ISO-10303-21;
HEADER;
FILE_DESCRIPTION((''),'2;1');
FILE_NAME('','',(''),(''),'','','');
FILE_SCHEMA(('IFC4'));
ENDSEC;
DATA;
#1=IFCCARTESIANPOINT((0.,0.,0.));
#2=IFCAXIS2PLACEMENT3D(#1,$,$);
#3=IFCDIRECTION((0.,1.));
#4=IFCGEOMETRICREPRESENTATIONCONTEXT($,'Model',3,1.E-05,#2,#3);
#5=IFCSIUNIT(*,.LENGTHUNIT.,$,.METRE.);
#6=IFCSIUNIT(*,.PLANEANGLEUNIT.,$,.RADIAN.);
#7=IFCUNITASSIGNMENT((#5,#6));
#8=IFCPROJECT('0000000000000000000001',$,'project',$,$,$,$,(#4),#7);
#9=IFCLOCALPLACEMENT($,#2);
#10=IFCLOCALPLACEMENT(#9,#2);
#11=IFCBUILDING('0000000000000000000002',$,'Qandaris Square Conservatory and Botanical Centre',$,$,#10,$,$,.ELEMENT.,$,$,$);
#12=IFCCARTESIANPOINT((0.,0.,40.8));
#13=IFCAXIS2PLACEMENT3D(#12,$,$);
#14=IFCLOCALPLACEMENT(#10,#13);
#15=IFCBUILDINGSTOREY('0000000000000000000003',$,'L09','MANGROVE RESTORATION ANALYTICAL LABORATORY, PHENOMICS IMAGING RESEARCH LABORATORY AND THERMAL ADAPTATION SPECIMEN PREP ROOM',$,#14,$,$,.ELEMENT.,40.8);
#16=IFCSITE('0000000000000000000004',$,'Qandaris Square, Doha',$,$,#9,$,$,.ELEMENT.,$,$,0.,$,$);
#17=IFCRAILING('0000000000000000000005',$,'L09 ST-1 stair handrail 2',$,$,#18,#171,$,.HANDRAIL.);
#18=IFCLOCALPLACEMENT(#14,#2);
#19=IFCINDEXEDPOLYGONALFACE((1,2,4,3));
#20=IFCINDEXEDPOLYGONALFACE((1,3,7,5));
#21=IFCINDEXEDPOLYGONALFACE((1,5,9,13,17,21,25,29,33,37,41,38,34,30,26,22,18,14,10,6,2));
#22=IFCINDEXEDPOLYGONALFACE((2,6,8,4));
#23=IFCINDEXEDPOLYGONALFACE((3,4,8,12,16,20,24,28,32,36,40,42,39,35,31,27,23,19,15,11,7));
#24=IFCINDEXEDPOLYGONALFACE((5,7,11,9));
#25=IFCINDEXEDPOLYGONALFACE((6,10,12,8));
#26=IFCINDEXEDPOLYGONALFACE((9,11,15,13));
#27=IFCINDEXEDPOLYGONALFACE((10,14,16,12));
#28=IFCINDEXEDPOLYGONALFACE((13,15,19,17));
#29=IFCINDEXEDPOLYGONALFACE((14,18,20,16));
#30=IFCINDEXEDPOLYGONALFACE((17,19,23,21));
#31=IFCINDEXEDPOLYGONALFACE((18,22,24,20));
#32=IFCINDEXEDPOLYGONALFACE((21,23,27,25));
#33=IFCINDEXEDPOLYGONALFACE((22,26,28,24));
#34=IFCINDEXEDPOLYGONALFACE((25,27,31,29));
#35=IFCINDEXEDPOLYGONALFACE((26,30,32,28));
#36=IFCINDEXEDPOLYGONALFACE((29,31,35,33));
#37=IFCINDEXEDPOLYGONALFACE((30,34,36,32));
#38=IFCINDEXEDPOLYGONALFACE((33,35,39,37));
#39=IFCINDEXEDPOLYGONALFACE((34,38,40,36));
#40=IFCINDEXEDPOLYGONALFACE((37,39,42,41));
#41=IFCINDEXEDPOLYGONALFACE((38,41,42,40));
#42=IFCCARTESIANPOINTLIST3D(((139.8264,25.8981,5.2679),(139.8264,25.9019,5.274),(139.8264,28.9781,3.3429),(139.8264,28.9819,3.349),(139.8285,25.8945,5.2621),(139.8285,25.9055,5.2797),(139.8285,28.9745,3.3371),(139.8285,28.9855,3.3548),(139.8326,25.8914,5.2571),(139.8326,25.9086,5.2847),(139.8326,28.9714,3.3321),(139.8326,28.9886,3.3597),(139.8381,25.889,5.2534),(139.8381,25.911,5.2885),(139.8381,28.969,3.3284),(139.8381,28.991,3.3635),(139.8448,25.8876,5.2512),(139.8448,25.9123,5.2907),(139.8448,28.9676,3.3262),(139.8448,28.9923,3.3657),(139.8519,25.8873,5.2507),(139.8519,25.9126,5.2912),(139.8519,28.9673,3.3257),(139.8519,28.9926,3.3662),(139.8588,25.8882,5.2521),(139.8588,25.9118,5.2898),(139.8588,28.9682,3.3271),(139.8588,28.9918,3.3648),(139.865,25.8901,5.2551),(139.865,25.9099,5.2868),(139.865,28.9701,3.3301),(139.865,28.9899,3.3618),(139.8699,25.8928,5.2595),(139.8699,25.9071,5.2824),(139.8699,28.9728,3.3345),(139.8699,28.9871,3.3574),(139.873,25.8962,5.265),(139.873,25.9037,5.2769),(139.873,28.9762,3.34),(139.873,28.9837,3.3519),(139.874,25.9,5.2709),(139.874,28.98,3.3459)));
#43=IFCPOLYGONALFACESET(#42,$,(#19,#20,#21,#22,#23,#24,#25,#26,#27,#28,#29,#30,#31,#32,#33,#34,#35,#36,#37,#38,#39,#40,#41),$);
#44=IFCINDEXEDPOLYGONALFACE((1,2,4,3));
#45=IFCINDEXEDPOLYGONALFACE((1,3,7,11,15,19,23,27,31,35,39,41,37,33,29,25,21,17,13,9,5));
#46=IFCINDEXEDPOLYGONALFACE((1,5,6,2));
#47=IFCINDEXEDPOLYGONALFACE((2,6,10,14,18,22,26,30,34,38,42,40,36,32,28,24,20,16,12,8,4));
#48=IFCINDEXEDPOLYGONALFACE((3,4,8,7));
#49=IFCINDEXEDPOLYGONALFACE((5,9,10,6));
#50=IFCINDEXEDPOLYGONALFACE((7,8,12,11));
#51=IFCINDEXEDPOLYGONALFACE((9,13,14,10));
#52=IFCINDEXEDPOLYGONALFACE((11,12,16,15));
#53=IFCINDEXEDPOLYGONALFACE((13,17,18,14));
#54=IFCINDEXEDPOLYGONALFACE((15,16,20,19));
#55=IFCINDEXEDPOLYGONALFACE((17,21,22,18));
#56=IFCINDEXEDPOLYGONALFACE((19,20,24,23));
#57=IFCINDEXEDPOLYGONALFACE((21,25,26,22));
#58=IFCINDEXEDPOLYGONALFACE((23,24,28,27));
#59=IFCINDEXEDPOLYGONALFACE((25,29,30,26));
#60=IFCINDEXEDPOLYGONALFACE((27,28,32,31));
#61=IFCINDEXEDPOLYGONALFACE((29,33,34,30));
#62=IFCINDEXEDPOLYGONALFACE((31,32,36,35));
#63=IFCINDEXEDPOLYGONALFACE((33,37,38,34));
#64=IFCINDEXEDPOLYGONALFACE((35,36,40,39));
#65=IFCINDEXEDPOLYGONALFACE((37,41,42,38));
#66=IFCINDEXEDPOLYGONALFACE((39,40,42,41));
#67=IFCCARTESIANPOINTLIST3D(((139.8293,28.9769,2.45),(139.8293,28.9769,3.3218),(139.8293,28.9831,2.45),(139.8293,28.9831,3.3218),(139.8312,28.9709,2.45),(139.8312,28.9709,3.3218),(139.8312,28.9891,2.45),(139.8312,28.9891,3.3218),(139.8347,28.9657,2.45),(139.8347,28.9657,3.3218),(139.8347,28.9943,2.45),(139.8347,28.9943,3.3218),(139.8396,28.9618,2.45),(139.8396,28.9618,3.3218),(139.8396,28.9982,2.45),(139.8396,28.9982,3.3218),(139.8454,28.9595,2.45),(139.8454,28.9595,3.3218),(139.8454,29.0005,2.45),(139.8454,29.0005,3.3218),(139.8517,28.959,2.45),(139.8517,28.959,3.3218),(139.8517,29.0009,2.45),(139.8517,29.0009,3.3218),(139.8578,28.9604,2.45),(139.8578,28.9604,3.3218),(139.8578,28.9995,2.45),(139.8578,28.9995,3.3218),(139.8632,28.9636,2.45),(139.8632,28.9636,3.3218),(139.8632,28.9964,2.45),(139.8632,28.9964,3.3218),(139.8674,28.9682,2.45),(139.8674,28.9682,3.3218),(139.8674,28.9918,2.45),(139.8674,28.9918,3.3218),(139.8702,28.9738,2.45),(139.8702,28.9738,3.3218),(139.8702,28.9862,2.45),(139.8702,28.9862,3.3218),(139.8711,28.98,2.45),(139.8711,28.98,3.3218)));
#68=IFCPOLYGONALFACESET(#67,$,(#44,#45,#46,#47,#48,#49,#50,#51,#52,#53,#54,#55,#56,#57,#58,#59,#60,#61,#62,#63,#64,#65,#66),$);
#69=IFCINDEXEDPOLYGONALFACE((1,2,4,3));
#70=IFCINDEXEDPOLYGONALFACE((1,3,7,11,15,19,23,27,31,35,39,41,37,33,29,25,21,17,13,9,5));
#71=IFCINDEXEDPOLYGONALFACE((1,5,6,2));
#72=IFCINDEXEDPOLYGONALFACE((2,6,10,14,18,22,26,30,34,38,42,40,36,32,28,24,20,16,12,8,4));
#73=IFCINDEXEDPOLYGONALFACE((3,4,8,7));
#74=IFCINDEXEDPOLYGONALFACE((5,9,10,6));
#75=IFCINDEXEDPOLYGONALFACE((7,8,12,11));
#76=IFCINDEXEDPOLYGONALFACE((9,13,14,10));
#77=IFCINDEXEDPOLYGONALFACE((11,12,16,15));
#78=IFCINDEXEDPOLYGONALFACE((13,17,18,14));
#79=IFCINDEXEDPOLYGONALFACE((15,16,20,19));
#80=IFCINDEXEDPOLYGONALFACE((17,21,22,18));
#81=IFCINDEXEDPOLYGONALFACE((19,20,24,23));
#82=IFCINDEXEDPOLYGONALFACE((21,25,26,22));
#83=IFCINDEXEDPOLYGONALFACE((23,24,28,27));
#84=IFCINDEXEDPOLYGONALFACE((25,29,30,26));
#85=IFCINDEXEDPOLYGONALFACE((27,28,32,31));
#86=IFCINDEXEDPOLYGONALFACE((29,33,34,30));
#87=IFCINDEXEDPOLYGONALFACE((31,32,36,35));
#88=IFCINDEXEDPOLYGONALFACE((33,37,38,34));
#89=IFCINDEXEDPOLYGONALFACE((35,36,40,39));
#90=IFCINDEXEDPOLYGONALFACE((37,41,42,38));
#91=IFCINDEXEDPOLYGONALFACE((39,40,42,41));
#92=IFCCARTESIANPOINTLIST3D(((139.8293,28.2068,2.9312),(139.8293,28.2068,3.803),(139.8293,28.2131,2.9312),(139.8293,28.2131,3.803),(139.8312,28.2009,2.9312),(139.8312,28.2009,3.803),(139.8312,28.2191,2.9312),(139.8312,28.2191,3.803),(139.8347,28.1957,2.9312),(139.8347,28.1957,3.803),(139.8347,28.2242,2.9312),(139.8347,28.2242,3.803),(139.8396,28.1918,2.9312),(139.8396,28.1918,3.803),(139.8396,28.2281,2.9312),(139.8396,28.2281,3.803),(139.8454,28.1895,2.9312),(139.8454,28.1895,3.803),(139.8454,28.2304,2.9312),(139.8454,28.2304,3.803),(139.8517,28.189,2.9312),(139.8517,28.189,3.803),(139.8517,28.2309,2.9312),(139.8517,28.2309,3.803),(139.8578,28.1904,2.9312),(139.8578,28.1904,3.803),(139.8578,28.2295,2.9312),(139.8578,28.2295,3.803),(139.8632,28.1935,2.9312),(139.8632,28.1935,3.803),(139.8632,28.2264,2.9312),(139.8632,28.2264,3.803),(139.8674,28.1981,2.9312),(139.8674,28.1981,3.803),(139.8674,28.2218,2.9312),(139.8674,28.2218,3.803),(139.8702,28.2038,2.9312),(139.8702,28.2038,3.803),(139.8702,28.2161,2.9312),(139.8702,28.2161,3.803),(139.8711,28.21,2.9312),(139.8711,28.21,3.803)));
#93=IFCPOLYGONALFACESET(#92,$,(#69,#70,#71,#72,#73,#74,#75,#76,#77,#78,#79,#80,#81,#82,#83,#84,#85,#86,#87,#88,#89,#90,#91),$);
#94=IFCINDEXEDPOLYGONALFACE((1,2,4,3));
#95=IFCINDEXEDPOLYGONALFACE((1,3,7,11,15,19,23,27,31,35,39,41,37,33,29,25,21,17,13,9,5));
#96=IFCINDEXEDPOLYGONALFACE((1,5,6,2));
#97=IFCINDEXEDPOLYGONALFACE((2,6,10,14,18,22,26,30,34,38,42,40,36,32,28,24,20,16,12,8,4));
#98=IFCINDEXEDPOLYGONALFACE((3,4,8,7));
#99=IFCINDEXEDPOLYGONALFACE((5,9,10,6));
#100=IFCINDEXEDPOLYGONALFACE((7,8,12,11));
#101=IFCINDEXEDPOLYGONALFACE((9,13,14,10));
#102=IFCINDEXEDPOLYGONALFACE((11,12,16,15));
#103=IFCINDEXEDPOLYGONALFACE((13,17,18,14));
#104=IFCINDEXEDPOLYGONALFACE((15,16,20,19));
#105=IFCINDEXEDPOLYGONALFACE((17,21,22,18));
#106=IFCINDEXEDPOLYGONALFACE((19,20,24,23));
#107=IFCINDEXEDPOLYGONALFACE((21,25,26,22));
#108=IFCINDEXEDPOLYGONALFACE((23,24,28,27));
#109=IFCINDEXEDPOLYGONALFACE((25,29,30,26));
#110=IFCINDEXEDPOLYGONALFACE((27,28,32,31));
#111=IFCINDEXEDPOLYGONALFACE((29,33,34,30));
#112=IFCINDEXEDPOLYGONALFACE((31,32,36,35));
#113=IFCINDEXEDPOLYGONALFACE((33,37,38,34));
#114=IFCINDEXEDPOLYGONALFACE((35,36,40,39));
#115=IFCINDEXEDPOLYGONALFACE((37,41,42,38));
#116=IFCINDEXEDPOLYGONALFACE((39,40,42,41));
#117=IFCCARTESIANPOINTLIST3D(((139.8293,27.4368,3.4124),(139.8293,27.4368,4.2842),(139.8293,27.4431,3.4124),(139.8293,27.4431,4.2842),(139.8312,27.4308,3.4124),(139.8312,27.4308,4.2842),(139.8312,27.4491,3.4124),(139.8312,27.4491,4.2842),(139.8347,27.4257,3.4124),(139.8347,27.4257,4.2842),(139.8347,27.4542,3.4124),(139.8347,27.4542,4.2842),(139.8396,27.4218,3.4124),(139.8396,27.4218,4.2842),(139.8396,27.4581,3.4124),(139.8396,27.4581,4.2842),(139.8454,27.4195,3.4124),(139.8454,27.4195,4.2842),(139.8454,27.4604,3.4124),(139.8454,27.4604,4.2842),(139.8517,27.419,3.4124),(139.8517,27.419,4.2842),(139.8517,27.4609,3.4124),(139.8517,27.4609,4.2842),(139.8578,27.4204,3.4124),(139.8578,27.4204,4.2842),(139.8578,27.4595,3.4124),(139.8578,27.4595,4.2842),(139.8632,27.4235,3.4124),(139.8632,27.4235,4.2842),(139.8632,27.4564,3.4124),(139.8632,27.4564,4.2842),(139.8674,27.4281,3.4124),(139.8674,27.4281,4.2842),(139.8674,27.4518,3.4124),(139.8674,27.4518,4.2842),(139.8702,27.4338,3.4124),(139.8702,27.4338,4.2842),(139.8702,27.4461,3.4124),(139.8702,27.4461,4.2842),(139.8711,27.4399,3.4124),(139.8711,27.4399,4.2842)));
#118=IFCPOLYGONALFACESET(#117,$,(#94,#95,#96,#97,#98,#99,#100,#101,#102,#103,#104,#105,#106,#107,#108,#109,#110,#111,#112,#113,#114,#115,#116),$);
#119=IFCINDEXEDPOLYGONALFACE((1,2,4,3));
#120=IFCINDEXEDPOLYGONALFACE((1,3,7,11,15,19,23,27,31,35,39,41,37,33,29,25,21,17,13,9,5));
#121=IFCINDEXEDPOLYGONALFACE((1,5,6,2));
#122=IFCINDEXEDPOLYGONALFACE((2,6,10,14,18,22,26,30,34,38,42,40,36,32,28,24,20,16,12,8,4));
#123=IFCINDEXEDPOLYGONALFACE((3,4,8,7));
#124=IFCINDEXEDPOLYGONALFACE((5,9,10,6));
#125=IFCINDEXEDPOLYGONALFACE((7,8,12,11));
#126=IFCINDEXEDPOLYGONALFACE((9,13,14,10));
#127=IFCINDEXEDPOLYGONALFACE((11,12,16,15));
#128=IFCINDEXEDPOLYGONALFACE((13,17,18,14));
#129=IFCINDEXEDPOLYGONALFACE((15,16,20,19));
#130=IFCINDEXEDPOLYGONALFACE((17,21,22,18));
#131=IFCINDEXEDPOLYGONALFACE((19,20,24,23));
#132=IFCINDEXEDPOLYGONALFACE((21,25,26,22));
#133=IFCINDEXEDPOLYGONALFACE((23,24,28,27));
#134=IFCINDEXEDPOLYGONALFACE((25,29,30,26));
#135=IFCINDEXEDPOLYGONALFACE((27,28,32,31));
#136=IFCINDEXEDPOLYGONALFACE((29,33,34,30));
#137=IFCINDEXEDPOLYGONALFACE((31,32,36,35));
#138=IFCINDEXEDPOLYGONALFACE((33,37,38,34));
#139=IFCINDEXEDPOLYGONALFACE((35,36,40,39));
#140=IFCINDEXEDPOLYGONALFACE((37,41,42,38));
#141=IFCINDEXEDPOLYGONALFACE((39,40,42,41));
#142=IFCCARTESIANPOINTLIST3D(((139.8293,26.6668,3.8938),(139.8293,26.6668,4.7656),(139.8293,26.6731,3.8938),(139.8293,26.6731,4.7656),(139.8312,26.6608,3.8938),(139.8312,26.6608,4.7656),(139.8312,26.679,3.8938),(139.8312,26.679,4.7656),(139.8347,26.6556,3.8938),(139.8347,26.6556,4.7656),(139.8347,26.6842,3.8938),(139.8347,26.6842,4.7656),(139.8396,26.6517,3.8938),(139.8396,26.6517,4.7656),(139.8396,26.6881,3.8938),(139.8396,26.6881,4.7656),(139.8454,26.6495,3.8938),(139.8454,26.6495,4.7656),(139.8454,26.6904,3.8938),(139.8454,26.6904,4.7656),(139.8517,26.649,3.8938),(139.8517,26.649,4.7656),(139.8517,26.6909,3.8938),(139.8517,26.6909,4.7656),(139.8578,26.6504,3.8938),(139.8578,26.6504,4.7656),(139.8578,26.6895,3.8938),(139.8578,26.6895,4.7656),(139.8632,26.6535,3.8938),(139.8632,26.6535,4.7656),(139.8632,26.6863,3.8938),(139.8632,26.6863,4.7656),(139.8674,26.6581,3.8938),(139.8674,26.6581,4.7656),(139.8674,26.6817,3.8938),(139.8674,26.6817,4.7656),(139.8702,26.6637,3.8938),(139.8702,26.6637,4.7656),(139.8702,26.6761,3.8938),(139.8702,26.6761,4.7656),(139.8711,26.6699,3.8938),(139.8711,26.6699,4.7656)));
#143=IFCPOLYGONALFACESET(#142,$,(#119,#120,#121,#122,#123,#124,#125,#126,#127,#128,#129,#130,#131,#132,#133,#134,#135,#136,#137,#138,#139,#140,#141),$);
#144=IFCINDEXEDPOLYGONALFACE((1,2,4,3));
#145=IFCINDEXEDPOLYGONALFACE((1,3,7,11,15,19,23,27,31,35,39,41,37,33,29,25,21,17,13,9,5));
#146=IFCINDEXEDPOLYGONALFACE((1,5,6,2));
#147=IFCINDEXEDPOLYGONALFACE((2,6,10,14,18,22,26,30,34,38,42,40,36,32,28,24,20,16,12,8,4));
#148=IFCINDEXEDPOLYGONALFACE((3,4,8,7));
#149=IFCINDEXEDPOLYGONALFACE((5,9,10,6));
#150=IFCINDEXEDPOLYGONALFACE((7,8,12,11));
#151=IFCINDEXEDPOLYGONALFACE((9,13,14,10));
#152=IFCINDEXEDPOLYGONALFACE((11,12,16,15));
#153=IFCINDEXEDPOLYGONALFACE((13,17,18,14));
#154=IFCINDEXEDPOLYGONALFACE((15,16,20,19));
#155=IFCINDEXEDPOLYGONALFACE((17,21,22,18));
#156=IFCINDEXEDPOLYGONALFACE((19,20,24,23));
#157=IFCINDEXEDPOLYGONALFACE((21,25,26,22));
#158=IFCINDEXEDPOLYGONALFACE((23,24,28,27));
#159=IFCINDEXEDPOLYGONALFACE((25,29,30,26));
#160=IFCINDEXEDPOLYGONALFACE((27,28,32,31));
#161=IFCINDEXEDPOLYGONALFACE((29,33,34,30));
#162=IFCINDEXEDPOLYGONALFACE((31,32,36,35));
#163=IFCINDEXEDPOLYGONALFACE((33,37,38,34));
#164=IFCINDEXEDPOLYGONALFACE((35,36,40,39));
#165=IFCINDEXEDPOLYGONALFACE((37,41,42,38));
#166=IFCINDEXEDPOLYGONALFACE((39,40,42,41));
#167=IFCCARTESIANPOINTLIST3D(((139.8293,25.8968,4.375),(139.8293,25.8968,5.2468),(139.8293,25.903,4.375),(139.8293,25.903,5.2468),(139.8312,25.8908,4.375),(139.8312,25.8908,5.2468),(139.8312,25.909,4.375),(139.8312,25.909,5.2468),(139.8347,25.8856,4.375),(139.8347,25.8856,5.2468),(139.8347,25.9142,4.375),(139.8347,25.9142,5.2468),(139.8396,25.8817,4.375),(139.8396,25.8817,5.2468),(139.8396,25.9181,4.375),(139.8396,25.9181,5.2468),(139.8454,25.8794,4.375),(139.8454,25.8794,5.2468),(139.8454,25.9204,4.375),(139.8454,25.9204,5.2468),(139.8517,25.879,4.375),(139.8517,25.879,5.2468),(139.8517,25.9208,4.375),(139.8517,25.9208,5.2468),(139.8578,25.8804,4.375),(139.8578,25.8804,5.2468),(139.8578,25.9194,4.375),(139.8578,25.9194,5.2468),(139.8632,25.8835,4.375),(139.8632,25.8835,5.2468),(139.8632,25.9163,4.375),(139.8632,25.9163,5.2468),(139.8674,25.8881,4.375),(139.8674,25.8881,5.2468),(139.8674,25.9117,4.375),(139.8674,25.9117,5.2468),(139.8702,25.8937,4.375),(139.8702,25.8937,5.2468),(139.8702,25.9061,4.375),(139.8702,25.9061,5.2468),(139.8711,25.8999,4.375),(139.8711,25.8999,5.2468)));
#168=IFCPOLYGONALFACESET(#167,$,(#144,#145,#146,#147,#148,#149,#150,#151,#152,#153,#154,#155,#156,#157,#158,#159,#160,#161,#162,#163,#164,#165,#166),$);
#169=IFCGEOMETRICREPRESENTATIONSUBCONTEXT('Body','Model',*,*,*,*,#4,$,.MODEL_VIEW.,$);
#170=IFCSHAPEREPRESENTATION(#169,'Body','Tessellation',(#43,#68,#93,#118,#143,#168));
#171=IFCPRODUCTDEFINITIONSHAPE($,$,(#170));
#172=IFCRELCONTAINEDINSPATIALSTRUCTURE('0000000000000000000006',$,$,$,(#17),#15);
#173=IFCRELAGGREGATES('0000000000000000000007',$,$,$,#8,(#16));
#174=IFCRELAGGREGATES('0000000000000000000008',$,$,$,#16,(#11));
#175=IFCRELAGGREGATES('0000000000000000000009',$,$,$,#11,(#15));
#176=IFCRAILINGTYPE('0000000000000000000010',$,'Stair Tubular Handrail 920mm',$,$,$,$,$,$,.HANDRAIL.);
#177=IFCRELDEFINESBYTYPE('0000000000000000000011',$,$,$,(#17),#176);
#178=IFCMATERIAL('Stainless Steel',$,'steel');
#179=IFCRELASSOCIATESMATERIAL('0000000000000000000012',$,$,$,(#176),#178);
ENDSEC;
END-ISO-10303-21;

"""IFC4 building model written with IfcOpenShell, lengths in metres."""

from ifc_helpers import new_model, si_unit, direction, frame, origin, origin_2d, place, context, subcontext, project, spatial, circle, extrude, material, type_object, element, save


model = new_model("IFC4")

# Units and contexts
model_context = context("Model", 3, precision=1e-05, world=origin(), true_north=direction((0.0, 1.0)))
body_context = subcontext(model_context, "Body", "Model", "MODEL_VIEW")
ifc_project = project(units=[si_unit("LENGTHUNIT", "METRE"), si_unit("PLANEANGLEUNIT", "RADIAN")], contexts=[model_context])

# Site, building, storey
site_placement = place(None, origin())
site = spatial("IfcSite", under=ifc_project, at=site_placement, Name="Qandaris Square, Doha", CompositionType="ELEMENT", RefElevation=0.0)
building_placement = place(site_placement, origin())
building = spatial("IfcBuilding", under=site, at=building_placement, Name="Qandaris Square Conservatory and Botanical Centre", CompositionType="ELEMENT")
storey_placement = place(building_placement, frame((0.0, 0.0, 40.8)))
storey = spatial("IfcBuildingStorey", under=building, at=storey_placement, Name="L09", Description="MANGROVE RESTORATION ANALYTICAL LABORATORY, PHENOMICS IMAGING RESEARCH LABORATORY AND THERMAL ADAPTATION SPECIMEN PREP ROOM", CompositionType="ELEMENT", Elevation=40.8)

# Railing
ifc_material_1 = material(Name="Stainless Steel", Category="steel")
railing_type_1 = type_object("IfcRailingType", Name="Stair Tubular Handrail 920mm", PredefinedType="HANDRAIL", material=ifc_material_1)
railing_1_placement = place(storey_placement, frame((139.8501, 28.98, 2.45)))
element("IfcRailing", 1, at=railing_1_placement, inside=storey, type_object=railing_type_1, Name="L09 ST-1 stair handrail 2", PredefinedType="HANDRAIL", context=body_context, shape_type="SweptSolid", body=[
    extrude(circle(Radius=0.0239, at=origin_2d()), frame((0.0, 0.0, 0.896), z_axis=(0.0, -0.847998, 0.529999), x_axis=(1.0, 0.0, 0.0)), (0.0, 0.0, 1.0), 3.6321),
    extrude(circle(Radius=0.021, at=origin_2d()), origin(), (0.0, 0.0, 1.0), 0.8718),
    extrude(circle(Radius=0.021, at=origin_2d()), frame((0.0, -0.77, 0.4812)), (0.0, 0.0, 1.0), 0.8718),
    extrude(circle(Radius=0.021, at=origin_2d()), frame((0.0, -1.54, 0.9624)), (0.0, 0.0, 1.0), 0.8718),
    extrude(circle(Radius=0.021, at=origin_2d()), frame((0.0, -2.3101, 1.4438)), (0.0, 0.0, 1.0), 0.8718),
    extrude(circle(Radius=0.021, at=origin_2d()), frame((0.0, -3.0801, 1.925)), (0.0, 0.0, 1.0), 0.8718),
])

save(model, "model.ifc")
